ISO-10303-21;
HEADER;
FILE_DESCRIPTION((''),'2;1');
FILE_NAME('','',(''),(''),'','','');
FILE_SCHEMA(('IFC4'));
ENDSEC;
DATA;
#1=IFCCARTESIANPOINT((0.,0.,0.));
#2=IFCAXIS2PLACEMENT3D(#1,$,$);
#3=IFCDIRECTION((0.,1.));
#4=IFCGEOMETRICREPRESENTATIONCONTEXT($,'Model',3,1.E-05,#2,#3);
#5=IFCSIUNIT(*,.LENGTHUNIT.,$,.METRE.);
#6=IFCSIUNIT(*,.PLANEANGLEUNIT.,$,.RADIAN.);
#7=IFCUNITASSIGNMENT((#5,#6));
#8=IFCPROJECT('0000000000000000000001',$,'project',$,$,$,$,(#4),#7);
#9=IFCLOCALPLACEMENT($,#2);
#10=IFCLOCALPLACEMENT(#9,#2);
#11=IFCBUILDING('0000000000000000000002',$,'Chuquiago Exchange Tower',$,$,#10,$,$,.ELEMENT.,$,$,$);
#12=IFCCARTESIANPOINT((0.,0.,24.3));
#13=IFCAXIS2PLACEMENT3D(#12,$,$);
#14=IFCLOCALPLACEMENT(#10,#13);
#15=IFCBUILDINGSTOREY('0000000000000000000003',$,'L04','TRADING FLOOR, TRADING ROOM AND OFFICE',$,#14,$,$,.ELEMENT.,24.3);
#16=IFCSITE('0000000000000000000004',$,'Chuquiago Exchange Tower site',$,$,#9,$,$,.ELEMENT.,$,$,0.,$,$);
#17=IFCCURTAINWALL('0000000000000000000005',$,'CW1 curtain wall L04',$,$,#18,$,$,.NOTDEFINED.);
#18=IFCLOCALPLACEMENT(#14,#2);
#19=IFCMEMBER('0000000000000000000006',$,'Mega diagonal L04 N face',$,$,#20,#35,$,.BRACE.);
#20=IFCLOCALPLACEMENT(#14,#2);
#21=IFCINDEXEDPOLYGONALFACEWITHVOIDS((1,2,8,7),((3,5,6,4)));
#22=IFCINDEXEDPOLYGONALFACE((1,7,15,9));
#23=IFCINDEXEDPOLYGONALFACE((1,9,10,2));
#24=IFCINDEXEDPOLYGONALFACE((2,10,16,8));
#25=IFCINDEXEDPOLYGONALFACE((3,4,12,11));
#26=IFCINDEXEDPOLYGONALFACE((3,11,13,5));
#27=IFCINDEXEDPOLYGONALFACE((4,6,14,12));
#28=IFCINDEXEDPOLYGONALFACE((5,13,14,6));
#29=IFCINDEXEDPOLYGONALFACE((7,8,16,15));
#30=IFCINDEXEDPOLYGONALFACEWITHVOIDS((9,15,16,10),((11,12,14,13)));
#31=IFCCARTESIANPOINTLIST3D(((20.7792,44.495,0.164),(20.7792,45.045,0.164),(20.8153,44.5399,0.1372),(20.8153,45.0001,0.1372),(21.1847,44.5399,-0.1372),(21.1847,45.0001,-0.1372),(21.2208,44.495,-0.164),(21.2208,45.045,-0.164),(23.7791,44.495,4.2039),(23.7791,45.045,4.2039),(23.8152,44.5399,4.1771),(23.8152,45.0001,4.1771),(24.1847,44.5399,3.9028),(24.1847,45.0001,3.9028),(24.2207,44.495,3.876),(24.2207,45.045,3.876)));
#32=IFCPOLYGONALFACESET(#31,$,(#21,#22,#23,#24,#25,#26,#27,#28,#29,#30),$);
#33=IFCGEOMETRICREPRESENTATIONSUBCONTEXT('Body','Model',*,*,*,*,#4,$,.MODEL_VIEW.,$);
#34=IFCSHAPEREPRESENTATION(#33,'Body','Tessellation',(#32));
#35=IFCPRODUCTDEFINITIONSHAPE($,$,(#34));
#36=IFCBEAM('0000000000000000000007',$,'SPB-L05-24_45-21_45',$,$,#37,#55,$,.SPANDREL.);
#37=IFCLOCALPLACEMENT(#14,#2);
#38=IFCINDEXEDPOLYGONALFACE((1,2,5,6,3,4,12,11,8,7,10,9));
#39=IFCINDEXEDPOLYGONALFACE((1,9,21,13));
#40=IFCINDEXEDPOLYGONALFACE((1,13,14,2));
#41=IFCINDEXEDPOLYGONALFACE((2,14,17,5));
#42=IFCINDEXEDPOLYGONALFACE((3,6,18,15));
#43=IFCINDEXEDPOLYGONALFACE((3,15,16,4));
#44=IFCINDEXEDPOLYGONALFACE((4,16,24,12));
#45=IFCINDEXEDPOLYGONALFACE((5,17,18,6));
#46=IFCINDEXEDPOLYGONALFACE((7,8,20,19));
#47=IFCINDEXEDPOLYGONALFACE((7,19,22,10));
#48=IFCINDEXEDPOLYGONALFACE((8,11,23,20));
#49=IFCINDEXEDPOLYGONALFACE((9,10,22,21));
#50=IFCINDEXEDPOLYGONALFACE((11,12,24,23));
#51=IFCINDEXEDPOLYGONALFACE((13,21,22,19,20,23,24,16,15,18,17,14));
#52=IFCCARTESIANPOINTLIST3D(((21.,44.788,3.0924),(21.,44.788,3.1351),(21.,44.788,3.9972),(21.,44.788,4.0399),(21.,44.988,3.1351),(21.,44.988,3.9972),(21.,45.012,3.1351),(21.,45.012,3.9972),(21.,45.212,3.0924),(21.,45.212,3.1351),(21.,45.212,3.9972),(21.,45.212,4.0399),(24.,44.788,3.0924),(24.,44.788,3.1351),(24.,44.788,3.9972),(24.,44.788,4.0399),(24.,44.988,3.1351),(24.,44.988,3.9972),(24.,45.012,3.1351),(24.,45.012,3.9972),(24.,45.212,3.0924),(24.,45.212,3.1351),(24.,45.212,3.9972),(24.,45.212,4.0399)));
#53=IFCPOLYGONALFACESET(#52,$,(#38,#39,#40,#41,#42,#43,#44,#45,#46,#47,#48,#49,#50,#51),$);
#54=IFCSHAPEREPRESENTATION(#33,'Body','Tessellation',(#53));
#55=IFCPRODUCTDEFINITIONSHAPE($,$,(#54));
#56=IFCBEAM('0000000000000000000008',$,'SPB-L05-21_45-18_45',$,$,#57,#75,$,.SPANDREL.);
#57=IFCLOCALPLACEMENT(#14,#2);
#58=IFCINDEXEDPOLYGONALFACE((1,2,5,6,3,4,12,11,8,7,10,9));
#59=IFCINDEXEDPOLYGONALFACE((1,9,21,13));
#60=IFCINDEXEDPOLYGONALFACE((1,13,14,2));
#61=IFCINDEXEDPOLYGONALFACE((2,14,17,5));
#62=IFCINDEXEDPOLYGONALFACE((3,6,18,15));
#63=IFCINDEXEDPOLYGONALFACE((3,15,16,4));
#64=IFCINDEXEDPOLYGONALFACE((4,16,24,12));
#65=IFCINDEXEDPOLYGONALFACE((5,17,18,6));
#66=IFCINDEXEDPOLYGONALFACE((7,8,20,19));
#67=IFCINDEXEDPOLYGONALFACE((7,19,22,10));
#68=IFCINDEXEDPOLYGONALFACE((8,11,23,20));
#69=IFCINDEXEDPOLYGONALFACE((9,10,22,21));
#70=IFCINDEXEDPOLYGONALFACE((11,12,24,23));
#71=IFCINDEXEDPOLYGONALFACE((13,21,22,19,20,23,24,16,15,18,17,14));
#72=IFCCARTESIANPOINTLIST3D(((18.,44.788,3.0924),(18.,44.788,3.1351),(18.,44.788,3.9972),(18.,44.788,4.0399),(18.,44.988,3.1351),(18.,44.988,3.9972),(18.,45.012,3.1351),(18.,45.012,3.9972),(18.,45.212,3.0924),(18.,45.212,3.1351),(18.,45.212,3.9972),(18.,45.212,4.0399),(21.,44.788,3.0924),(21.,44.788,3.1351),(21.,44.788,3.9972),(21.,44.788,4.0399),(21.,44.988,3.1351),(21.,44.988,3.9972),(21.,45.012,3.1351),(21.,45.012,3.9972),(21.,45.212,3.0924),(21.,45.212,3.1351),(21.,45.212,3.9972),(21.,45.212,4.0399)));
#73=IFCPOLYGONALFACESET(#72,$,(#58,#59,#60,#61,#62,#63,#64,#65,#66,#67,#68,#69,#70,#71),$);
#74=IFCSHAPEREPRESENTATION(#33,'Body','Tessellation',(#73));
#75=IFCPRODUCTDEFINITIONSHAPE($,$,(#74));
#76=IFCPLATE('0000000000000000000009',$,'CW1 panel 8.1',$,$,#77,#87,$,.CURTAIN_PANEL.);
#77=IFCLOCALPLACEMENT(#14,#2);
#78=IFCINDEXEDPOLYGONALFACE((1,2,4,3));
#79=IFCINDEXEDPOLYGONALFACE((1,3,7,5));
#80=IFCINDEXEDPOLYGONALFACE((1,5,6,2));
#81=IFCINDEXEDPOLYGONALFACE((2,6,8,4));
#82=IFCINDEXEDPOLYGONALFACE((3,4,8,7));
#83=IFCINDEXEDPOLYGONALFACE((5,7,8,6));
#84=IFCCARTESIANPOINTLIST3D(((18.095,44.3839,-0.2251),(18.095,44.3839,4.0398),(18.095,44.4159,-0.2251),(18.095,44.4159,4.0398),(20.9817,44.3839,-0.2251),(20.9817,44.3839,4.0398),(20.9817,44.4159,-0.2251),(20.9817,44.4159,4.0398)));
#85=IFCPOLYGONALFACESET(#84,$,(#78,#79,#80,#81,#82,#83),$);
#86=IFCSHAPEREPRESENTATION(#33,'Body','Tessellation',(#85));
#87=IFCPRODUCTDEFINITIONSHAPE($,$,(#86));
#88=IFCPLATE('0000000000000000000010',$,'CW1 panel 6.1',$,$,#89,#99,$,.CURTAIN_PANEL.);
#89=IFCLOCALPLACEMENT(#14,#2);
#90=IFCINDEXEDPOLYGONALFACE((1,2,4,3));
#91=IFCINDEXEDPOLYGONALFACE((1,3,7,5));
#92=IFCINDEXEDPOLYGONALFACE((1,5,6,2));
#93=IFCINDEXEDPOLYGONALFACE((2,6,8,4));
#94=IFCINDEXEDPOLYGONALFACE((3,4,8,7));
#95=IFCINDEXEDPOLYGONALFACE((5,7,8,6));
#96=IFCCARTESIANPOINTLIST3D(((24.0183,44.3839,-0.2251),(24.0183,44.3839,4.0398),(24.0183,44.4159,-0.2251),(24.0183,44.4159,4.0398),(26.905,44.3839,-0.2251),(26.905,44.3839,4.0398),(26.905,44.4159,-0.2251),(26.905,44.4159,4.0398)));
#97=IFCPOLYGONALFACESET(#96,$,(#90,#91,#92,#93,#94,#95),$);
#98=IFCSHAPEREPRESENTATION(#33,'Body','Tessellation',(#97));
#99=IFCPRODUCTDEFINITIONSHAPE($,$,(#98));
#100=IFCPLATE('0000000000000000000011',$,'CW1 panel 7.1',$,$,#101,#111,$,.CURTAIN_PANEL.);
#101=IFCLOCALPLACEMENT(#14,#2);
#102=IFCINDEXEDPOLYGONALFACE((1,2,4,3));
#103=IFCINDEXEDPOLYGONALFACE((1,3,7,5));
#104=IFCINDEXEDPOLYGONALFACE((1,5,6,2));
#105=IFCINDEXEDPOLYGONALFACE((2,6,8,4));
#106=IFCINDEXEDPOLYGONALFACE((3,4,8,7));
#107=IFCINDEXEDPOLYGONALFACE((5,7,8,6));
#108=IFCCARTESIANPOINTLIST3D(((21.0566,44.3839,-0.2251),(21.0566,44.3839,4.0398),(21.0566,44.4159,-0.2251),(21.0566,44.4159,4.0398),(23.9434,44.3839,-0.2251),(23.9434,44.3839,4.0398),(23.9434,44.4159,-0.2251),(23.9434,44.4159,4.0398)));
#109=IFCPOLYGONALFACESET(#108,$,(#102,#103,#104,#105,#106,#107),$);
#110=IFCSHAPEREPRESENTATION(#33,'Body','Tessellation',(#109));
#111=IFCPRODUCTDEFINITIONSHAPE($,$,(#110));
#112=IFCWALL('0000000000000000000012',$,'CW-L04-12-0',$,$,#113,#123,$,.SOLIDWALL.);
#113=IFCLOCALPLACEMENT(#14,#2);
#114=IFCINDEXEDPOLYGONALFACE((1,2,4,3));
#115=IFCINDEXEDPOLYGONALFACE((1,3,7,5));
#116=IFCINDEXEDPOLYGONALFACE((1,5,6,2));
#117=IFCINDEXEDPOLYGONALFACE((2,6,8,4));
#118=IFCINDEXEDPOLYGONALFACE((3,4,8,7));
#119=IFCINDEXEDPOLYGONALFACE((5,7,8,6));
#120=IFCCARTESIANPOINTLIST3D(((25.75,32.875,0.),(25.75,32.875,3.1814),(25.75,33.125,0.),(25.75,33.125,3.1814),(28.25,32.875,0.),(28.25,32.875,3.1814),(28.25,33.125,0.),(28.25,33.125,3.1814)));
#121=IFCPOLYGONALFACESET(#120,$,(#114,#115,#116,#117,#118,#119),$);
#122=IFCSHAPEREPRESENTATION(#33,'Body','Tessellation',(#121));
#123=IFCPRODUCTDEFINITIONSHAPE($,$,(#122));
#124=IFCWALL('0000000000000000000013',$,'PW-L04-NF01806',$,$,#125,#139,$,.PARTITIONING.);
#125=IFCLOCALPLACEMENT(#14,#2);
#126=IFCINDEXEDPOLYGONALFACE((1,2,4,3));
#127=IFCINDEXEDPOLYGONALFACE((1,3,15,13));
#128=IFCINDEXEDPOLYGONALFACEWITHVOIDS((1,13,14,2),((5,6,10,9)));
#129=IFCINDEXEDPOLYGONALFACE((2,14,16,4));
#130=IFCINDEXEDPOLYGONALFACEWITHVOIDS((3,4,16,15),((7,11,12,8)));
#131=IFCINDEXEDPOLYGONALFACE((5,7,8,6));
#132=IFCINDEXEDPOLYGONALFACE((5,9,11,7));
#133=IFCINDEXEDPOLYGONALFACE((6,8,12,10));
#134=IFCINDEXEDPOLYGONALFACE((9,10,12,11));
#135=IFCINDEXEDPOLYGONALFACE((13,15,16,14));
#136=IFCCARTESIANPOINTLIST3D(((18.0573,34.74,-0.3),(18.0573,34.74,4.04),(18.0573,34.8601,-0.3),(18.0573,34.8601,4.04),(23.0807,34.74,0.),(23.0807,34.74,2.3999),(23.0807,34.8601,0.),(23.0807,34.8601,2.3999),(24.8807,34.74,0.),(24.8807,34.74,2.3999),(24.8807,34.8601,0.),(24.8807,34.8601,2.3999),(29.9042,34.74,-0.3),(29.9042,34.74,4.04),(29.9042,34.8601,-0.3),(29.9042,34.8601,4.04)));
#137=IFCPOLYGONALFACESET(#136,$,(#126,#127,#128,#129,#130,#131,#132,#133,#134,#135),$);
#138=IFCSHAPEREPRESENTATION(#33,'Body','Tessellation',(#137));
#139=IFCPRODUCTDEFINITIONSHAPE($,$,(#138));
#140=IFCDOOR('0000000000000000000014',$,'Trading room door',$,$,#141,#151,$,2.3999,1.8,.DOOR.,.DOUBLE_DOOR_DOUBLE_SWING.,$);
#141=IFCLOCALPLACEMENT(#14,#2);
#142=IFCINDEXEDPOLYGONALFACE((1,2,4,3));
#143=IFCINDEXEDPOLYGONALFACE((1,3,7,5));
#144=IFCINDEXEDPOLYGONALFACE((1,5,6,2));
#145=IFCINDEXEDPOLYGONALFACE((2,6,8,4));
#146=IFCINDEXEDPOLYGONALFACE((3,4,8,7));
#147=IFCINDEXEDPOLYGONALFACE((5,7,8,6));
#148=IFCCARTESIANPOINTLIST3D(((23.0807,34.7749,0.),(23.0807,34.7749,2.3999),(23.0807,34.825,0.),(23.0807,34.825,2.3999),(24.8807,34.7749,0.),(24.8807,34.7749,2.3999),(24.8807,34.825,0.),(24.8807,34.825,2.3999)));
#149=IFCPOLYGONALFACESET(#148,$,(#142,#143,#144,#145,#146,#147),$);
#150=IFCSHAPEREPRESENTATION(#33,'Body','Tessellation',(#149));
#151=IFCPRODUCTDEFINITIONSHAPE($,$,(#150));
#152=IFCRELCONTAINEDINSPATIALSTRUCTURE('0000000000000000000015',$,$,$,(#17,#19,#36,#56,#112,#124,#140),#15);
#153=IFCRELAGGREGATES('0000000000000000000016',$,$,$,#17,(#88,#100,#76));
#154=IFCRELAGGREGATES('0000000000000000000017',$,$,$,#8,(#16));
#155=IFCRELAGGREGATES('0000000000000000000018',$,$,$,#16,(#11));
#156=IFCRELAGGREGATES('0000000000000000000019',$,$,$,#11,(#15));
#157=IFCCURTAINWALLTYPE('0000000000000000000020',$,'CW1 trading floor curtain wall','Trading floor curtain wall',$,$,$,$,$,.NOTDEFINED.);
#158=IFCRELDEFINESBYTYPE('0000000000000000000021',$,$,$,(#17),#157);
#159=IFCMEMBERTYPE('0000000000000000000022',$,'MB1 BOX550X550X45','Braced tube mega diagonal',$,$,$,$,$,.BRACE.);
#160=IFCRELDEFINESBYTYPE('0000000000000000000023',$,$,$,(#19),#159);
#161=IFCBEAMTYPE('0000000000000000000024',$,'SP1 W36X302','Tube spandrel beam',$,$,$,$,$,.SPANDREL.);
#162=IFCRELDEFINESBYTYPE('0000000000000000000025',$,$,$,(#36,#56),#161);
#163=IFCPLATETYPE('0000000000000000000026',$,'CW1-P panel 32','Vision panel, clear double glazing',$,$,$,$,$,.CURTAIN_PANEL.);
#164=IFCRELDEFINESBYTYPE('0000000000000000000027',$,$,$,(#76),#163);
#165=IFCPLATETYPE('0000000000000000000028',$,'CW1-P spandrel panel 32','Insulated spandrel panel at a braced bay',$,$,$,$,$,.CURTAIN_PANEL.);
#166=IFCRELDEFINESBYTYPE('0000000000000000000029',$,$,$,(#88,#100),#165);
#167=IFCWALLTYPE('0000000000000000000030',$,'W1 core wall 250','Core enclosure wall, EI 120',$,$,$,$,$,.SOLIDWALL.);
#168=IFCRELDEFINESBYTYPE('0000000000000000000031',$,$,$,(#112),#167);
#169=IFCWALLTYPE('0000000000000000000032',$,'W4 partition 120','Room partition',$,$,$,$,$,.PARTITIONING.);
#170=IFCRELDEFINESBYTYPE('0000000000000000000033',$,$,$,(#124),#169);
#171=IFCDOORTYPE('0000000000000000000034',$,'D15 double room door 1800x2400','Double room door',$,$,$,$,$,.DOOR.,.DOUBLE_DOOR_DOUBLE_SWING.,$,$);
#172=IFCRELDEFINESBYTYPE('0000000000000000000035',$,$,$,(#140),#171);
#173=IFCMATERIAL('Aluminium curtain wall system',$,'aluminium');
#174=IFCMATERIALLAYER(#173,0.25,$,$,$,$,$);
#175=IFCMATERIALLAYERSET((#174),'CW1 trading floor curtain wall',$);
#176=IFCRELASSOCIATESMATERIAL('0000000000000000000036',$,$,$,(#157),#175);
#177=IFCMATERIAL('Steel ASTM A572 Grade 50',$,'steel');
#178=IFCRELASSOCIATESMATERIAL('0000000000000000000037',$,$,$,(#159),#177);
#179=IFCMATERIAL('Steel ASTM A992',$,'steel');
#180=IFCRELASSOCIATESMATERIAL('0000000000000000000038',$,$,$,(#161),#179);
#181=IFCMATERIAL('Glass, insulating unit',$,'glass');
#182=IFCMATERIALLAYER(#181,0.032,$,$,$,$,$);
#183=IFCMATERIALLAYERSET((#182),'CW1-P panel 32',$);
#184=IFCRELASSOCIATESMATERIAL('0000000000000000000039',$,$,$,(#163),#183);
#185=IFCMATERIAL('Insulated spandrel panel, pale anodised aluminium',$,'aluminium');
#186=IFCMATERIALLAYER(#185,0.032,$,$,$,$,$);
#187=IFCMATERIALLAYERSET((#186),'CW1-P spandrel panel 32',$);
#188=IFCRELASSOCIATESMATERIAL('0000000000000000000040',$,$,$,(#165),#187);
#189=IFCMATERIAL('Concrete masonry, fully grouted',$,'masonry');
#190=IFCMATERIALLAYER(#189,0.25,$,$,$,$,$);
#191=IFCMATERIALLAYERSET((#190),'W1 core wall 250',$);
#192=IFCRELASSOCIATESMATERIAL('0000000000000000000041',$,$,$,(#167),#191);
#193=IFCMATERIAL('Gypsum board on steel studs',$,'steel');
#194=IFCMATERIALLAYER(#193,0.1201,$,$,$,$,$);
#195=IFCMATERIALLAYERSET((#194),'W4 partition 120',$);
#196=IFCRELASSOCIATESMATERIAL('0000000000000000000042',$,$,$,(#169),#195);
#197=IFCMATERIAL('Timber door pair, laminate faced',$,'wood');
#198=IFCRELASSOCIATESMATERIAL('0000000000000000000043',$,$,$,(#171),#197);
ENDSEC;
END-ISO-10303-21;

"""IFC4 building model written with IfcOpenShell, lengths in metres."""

from ifc_helpers import new_model, si_unit, direction, frame, frame_2d, origin, origin_2d, place, context, subcontext, project, spatial, rectangle, hollow_rectangle, i_section, extrude, material, layer, layer_set, material_profile, profile_set, type_object, element, fill, aggregate, save


model = new_model("IFC4")

# Units and contexts
model_context = context("Model", 3, precision=1e-05, world=origin(), true_north=direction((0.0, 1.0)))
body_context = subcontext(model_context, "Body", "Model", "MODEL_VIEW")
ifc_project = project(units=[si_unit("LENGTHUNIT", "METRE"), si_unit("PLANEANGLEUNIT", "RADIAN")], contexts=[model_context])

# Site, building, storey
site_placement = place(None, origin())
site = spatial("IfcSite", under=ifc_project, at=site_placement, Name="Chuquiago Exchange Tower site", CompositionType="ELEMENT", RefElevation=0.0)
building_placement = place(site_placement, origin())
building = spatial("IfcBuilding", under=site, at=building_placement, Name="Chuquiago Exchange Tower", CompositionType="ELEMENT")
storey_placement = place(building_placement, frame((0.0, 0.0, 24.3)))
storey = spatial("IfcBuildingStorey", under=building, at=storey_placement, Name="L04", Description="TRADING FLOOR, TRADING ROOM AND OFFICE", CompositionType="ELEMENT", Elevation=24.3)

# Curtain wall
ifc_material_1 = material(Name="Aluminium curtain wall system", Category="aluminium")
ifc_layer_1 = layer(ifc_material_1, 0.25)
ifc_layer_set_1 = layer_set([ifc_layer_1], Name="CW1 trading floor curtain wall")
curtain_wall_type = type_object("IfcCurtainWallType", Name="CW1 trading floor curtain wall", Description="Trading floor curtain wall", PredefinedType="NOTDEFINED", material=ifc_layer_set_1)
curtain_wall_placement = place(storey_placement, origin())
curtain_wall = element("IfcCurtainWall", 1, at=curtain_wall_placement, inside=storey, type_object=curtain_wall_type, Name="CW1 curtain wall L04", PredefinedType="NOTDEFINED")

# Member
ifc_material_2 = material(Name="Steel ASTM A572 Grade 50", Category="steel")
ifc_material_profile_1 = material_profile(ifc_material_2, hollow_rectangle(XDim=0.55, YDim=0.55, WallThickness=0.0449, at=origin_2d()), Name="BOX550X550X45")
ifc_profile_set_1 = profile_set([ifc_material_profile_1], Name="Steel ASTM A572 Grade 50")
member_type_1 = type_object("IfcMemberType", Name="MB1 BOX550X550X45", Description="Braced tube mega diagonal", PredefinedType="BRACE", material=ifc_profile_set_1)
for number, where, z_axis, x_axis, name in (
    (2, (21.0, 44.77, 0.0), (0.596174, 0.0, 0.802855), (0.0, 1.0, 0.0), "Mega diagonal L04 N face"),
):
    element("IfcMember", number, at=place(storey_placement, frame(where, z_axis=z_axis, x_axis=x_axis)), inside=storey, type_object=member_type_1, Name=name, PredefinedType="BRACE", context=body_context, shape_type="SweptSolid", body=[
        extrude(hollow_rectangle(XDim=0.55, YDim=0.55, WallThickness=0.0449, at=origin_2d()), origin(), (0.0, 0.0, 1.0), 5.032),
    ])

# Beams
ifc_material_3 = material(Name="Steel ASTM A992", Category="steel")
ifc_material_profile_2 = material_profile(ifc_material_3, i_section(OverallWidth=0.4241, OverallDepth=0.9475, WebThickness=0.0239, FlangeThickness=0.0427, at=origin_2d()), Name="W36X302")
ifc_profile_set_2 = profile_set([ifc_material_profile_2], Name="Steel ASTM A992")
beam_type_1 = type_object("IfcBeamType", Name="SP1 W36X302", Description="Tube spandrel beam", PredefinedType="SPANDREL", material=ifc_profile_set_2)
for number, where, z_axis, x_axis, name in (
    (3, (24.0, 45.0, 3.5662), (-1.0, 0.0, 0.0), (0.0, -1.0, 0.0), "SPB-L05-24_45-21_45"),
    (4, (21.0, 45.0, 3.5662), (-1.0, 0.0, 0.0), (0.0, -1.0, 0.0), "SPB-L05-21_45-18_45"),
):
    element("IfcBeam", number, at=place(storey_placement, frame(where, z_axis=z_axis, x_axis=x_axis)), inside=storey, type_object=beam_type_1, Name=name, PredefinedType="SPANDREL", context=body_context, shape_type="SweptSolid", body=[
        extrude(i_section(OverallWidth=0.4241, OverallDepth=0.9475, WebThickness=0.0239, FlangeThickness=0.0427, at=origin_2d()), origin(), (0.0, 0.0, 1.0), 3.0),
    ])

# Plates
ifc_material_4 = material(Name="Glass, insulating unit", Category="glass")
ifc_layer_2 = layer(ifc_material_4, 0.032)
ifc_layer_set_2 = layer_set([ifc_layer_2], Name="CW1-P panel 32")
plate_type_1 = type_object("IfcPlateType", Name="CW1-P panel 32", Description="Vision panel, clear double glazing", PredefinedType="CURTAIN_PANEL", material=ifc_layer_set_2)
plate_1_placement = place(storey_placement, frame((19.5383, 44.3999, -0.2251), z_axis=(0.0, 0.0, 1.0), x_axis=(-1.0, 0.0, 0.0)))
plate_1 = element("IfcPlate", 5, at=plate_1_placement, type_object=plate_type_1, Name="CW1 panel 8.1", PredefinedType="CURTAIN_PANEL", context=body_context, shape_type="SweptSolid", body=[
    extrude(rectangle(XDim=2.8867, YDim=0.032, at=origin_2d()), origin(), (0.0, 0.0, 1.0), 4.2649),
])
ifc_material_5 = material(Name="Insulated spandrel panel, pale anodised aluminium", Category="aluminium")
ifc_layer_3 = layer(ifc_material_5, 0.032)
ifc_layer_set_3 = layer_set([ifc_layer_3], Name="CW1-P spandrel panel 32")
plate_type_2 = type_object("IfcPlateType", Name="CW1-P spandrel panel 32", Description="Insulated spandrel panel at a braced bay", PredefinedType="CURTAIN_PANEL", material=ifc_layer_set_3)
plate_2_placement = place(storey_placement, frame((25.4617, 44.3999, -0.2251), z_axis=(0.0, 0.0, 1.0), x_axis=(-1.0, 0.0, 0.0)))
plate_2 = element("IfcPlate", 6, at=plate_2_placement, type_object=plate_type_2, Name="CW1 panel 6.1", PredefinedType="CURTAIN_PANEL", context=body_context, shape_type="SweptSolid", body=[
    extrude(rectangle(XDim=2.8867, YDim=0.032, at=origin_2d()), origin(), (0.0, 0.0, 1.0), 4.2649),
])
plate_3_placement = place(storey_placement, frame((22.5, 44.3999, -0.2251), z_axis=(0.0, 0.0, 1.0), x_axis=(-1.0, 0.0, 0.0)))
plate_3 = element("IfcPlate", 7, at=plate_3_placement, type_object=plate_type_2, Name="CW1 panel 7.1", PredefinedType="CURTAIN_PANEL", context=body_context, shape_type="SweptSolid", body=[
    extrude(rectangle(XDim=2.8867, YDim=0.032, at=origin_2d()), origin(), (0.0, 0.0, 1.0), 4.2649),
])
aggregate(curtain_wall, [plate_2, plate_3, plate_1])

# Wall
ifc_material_6 = material(Name="Concrete masonry, fully grouted", Category="masonry")
ifc_layer_4 = layer(ifc_material_6, 0.25)
ifc_layer_set_4 = layer_set([ifc_layer_4], Name="W1 core wall 250")
wall_type_1 = type_object("IfcWallType", Name="W1 core wall 250", Description="Core enclosure wall, EI 120", PredefinedType="SOLIDWALL", material=ifc_layer_set_4)
wall_1_placement = place(storey_placement, frame((25.75, 33.0, 0.0), z_axis=(0.0, 0.0, 1.0), x_axis=(1.0, 0.0, 0.0)))
element("IfcWall", 8, at=wall_1_placement, inside=storey, type_object=wall_type_1, Name="CW-L04-12-0", PredefinedType="SOLIDWALL", context=body_context, shape_type="SweptSolid", body=[
    extrude(rectangle(XDim=2.5, YDim=0.25, at=frame_2d((1.25, 0.0))), origin(), (0.0, 0.0, 1.0), 3.1814),
])

# Wall, opening, door
ifc_material_7 = material(Name="Gypsum board on steel studs", Category="steel")
ifc_layer_5 = layer(ifc_material_7, 0.1201)
ifc_layer_set_5 = layer_set([ifc_layer_5], Name="W4 partition 120")
wall_type_2 = type_object("IfcWallType", Name="W4 partition 120", Description="Room partition", PredefinedType="PARTITIONING", material=ifc_layer_set_5)
wall_2_placement = place(storey_placement, frame((18.0574, 34.8, -0.3), z_axis=(0.0, 0.0, 1.0), x_axis=(1.0, 0.0, 0.0)))
wall_2 = element("IfcWall", 9, at=wall_2_placement, inside=storey, type_object=wall_type_2, Name="PW-L04-NF01806", PredefinedType="PARTITIONING", context=body_context, shape_type="SweptSolid", body=[
    extrude(rectangle(XDim=11.8469, YDim=0.1201, at=frame_2d((5.9233, 0.0))), origin(), (0.0, 0.0, 1.0), 4.3401),
])
opening_placement = place(wall_2_placement, frame((5.0234, 0.0, 0.3)))
opening = element("IfcOpeningElement", 10, at=opening_placement, cuts=wall_2, PredefinedType="OPENING", context=body_context, shape_type="SweptSolid", body=[
    extrude(rectangle(XDim=1.8, YDim=2.3999, at=frame_2d((0.8999, 1.2))), frame((0.0, 0.0701, 0.0), z_axis=(0.0, -1.0, 0.0), x_axis=(1.0, 0.0, 0.0)), (0.0, 0.0, 1.0), 0.1401),
])
ifc_material_8 = material(Name="Timber door pair, laminate faced", Category="wood")
door_type = type_object("IfcDoorType", Name="D15 double room door 1800x2400", Description="Double room door", OperationType="DOUBLE_DOOR_DOUBLE_SWING", PredefinedType="DOOR", material=ifc_material_8)
door_placement = place(opening_placement, origin())
door = element("IfcDoor", 11, at=door_placement, inside=storey, type_object=door_type, Name="Trading room door", OperationType="DOUBLE_DOOR_DOUBLE_SWING", OverallHeight=2.3999, OverallWidth=1.8, PredefinedType="DOOR", context=body_context, shape_type="SweptSolid", body=[
    extrude(rectangle(XDim=1.8, YDim=2.3999, at=frame_2d((0.8999, 1.2))), frame((0.0, 0.0249, 0.0), z_axis=(0.0, -1.0, 0.0), x_axis=(1.0, 0.0, 0.0)), (0.0, 0.0, 1.0), 0.05),
])
fill(opening, door)

save(model, "model.ifc")
